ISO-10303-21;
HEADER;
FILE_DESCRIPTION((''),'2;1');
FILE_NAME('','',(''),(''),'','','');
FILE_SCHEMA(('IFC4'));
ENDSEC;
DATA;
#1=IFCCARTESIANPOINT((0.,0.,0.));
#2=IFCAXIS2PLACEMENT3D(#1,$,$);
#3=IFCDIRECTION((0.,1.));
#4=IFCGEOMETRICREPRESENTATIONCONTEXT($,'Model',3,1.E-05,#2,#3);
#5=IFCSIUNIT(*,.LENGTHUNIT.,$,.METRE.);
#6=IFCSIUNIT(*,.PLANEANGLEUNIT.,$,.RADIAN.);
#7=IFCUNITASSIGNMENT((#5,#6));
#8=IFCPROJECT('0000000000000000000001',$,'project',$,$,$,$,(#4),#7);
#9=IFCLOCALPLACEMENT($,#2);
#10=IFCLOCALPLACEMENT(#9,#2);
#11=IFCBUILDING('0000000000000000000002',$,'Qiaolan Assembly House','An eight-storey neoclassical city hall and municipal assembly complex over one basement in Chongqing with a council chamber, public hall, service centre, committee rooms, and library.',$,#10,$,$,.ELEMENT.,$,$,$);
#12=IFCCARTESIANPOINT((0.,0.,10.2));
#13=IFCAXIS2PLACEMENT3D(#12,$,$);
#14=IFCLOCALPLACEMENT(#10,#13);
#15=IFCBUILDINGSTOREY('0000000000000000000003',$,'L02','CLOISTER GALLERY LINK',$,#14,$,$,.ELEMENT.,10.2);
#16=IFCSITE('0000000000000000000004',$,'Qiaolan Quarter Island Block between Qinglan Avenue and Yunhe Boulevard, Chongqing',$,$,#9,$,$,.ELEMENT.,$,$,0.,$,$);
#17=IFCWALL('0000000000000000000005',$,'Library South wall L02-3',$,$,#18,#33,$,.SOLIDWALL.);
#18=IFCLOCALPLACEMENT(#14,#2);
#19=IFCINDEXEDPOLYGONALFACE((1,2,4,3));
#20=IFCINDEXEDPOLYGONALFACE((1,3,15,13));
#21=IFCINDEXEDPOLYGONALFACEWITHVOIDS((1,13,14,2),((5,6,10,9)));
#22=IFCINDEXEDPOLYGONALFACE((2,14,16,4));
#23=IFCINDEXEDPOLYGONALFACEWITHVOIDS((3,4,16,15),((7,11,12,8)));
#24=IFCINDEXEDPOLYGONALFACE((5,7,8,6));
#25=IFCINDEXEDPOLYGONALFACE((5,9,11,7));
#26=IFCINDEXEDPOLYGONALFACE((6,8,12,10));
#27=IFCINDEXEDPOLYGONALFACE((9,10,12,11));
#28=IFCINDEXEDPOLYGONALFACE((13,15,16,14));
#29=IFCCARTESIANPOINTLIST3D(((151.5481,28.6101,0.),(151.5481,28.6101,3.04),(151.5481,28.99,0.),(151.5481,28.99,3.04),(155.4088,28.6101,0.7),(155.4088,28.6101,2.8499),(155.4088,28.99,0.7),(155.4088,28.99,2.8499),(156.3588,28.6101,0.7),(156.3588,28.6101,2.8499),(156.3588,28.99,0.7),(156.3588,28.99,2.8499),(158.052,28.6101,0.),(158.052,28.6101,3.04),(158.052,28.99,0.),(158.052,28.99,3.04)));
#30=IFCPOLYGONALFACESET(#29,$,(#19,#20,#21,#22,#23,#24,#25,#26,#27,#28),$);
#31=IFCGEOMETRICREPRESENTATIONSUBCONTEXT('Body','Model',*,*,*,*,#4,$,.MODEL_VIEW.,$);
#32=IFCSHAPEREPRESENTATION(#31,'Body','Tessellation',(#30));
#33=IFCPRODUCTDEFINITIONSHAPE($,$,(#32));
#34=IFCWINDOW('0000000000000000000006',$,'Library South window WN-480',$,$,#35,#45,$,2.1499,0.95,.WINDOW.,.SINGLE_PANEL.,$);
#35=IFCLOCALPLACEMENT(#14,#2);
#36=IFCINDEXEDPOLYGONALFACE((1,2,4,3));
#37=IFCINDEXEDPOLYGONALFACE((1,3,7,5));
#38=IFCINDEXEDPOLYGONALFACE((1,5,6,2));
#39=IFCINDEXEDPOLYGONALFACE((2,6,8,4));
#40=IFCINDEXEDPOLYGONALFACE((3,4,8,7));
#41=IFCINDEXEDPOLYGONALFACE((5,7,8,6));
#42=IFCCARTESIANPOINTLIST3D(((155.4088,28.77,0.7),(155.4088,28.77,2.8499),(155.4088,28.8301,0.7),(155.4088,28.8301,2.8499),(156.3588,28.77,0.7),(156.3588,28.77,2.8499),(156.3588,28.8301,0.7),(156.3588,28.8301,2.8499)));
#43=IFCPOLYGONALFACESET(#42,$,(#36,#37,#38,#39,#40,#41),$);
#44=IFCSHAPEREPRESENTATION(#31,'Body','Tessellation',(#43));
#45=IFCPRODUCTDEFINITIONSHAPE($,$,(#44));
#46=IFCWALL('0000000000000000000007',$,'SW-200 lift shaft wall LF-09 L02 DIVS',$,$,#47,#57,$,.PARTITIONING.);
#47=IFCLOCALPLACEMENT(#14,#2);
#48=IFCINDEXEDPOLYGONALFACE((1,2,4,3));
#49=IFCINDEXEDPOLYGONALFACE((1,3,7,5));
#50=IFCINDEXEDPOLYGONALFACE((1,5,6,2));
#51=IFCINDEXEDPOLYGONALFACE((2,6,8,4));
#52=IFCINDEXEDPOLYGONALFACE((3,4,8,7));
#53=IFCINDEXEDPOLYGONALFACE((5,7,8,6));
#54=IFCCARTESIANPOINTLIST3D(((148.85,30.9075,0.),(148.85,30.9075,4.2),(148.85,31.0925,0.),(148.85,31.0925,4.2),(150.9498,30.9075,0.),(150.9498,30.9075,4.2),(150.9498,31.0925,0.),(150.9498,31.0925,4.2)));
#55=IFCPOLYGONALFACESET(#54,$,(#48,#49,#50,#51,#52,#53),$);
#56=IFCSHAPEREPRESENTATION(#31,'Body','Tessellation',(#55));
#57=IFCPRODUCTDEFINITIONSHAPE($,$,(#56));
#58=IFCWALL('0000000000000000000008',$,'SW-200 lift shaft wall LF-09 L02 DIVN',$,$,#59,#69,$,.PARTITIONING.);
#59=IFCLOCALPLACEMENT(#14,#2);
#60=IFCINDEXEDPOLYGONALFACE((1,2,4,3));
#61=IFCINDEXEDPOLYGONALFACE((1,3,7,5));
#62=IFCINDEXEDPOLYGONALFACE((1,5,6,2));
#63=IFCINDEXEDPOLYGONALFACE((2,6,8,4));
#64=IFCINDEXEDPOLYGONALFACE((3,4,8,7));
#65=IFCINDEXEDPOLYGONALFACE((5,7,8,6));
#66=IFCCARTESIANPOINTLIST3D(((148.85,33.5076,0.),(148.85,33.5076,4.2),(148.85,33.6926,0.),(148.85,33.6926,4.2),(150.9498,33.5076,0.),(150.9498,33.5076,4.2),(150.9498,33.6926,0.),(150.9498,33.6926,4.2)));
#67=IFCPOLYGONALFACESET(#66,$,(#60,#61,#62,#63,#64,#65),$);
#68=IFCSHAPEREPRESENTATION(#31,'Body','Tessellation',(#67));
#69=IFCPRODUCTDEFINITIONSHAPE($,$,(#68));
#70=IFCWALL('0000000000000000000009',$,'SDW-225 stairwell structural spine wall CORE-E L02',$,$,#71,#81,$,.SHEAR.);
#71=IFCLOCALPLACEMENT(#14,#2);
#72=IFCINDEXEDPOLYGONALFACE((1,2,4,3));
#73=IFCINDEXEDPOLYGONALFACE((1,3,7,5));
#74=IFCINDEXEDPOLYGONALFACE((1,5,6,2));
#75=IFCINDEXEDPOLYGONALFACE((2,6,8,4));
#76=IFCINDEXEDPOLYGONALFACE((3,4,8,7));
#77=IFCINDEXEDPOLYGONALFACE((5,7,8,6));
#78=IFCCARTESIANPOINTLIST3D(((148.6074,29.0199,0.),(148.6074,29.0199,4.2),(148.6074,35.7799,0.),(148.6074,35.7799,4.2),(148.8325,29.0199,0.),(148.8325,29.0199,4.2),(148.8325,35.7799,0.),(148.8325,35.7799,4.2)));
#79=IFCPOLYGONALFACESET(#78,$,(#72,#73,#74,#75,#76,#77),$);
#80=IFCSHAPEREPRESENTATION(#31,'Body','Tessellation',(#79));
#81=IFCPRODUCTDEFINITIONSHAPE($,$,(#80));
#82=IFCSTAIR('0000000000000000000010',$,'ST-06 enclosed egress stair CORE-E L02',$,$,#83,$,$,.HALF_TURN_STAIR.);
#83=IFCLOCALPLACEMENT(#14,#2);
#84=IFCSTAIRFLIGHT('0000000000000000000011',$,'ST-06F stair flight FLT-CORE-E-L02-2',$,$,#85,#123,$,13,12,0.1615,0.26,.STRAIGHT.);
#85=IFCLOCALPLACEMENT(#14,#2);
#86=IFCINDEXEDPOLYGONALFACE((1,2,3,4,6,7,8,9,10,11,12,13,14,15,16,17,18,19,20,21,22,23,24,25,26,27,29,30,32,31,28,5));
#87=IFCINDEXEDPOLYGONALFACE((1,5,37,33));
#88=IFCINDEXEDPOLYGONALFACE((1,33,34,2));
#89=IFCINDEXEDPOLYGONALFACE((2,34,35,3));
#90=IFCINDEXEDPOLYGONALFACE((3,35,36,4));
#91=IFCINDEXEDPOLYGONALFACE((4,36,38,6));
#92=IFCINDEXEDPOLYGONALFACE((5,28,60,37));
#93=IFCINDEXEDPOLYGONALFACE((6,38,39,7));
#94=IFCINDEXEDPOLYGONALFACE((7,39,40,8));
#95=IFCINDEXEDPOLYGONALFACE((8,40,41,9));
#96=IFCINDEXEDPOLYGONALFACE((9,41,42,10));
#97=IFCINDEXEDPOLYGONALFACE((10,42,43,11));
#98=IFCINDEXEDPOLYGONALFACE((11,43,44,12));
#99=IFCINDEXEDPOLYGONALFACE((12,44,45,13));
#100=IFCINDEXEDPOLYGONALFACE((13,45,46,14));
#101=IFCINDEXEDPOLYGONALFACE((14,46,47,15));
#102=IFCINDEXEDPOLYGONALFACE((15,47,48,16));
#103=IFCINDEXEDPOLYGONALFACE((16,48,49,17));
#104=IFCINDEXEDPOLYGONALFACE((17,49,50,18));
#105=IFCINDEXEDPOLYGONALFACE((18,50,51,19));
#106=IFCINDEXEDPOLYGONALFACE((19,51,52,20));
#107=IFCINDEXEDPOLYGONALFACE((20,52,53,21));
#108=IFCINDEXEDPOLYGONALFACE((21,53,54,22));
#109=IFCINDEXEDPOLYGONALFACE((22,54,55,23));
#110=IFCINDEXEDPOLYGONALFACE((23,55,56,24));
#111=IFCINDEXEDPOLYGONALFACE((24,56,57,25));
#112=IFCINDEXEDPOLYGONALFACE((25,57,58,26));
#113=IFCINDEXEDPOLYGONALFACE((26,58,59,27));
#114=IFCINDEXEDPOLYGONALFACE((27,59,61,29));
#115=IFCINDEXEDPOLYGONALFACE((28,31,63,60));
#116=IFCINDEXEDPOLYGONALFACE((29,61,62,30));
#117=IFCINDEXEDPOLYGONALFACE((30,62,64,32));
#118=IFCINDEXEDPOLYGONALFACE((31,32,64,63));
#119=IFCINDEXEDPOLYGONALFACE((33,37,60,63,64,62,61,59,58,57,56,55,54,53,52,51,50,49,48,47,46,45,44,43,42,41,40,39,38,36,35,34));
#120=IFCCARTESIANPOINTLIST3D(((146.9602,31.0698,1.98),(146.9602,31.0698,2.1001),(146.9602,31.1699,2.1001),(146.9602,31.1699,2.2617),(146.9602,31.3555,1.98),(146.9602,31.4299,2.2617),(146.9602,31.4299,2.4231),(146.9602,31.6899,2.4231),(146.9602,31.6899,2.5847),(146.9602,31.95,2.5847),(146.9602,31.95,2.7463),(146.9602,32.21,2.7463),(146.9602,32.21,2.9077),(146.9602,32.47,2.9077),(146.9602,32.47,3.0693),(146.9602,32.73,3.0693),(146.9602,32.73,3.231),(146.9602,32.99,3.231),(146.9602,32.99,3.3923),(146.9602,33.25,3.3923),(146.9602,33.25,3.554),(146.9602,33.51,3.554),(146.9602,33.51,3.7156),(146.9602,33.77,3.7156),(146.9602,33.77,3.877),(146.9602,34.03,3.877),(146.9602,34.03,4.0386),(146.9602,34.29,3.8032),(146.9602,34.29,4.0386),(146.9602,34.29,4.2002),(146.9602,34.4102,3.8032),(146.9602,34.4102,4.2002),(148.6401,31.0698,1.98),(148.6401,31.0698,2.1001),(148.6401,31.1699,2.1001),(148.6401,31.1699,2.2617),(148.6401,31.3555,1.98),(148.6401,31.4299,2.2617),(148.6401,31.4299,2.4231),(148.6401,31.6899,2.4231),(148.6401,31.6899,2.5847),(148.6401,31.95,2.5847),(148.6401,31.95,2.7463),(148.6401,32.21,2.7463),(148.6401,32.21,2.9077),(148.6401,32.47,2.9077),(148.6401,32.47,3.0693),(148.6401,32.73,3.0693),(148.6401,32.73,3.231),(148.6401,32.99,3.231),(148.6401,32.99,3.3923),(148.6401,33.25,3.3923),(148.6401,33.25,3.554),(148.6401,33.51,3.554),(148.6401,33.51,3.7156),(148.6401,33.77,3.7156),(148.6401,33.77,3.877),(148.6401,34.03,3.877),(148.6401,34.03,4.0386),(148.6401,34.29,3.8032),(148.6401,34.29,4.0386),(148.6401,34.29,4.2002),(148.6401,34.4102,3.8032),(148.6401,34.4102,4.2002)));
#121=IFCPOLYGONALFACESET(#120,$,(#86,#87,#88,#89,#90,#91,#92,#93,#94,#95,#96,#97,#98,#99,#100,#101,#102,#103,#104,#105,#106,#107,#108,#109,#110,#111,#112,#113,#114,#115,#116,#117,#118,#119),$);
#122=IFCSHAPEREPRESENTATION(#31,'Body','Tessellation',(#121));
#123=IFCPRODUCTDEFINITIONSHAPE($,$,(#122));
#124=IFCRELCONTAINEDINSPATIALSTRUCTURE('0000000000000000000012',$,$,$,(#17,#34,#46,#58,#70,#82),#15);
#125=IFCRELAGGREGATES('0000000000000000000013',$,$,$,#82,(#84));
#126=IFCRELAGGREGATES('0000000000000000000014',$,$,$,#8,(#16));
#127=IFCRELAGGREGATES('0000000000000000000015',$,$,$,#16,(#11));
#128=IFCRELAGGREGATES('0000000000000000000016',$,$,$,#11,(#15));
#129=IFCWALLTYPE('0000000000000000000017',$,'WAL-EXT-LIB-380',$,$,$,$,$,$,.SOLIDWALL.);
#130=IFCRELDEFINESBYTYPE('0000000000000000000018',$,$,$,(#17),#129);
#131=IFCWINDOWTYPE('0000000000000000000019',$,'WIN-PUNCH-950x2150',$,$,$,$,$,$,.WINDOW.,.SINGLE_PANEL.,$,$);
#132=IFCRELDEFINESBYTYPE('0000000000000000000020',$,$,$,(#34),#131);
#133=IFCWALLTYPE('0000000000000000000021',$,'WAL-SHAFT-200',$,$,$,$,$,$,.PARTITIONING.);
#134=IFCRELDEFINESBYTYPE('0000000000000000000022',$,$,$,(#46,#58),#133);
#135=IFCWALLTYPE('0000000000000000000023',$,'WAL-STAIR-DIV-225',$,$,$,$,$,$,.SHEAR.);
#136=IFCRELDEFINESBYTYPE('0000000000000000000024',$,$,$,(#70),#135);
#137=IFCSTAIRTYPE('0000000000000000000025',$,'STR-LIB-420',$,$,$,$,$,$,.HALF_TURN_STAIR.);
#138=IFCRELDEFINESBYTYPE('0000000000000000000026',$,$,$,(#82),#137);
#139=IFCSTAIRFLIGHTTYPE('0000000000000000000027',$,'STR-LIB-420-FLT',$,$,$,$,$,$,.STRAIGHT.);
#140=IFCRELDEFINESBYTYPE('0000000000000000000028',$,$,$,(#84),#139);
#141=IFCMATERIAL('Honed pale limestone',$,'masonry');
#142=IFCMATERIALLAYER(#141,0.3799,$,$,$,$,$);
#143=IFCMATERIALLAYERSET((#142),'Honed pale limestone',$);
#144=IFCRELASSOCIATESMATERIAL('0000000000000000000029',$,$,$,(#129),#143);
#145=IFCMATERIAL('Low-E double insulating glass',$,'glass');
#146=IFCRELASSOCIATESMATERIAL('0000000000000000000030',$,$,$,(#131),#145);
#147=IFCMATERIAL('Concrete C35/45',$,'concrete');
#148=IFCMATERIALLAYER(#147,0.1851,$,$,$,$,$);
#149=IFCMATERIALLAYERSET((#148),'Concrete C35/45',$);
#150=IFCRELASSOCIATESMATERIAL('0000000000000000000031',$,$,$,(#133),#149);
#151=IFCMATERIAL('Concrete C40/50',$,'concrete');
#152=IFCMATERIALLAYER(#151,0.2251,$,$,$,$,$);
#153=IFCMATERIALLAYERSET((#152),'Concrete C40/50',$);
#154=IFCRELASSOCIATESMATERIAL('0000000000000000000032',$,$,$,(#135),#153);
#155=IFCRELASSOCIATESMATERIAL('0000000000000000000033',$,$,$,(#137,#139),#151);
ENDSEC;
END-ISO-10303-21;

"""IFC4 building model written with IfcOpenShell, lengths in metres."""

from ifc_helpers import new_model, si_unit, direction, frame, frame_2d, origin, place, context, subcontext, project, spatial, polyline, rectangle, outline, extrude, material, layer, layer_set, type_object, element, fill, aggregate, save


model = new_model("IFC4")

# Units and contexts
model_context = context("Model", 3, precision=1e-05, world=origin(), true_north=direction((0.0, 1.0)))
body_context = subcontext(model_context, "Body", "Model", "MODEL_VIEW")
ifc_project = project(units=[si_unit("LENGTHUNIT", "METRE"), si_unit("PLANEANGLEUNIT", "RADIAN")], contexts=[model_context])

# Site, building, storey
site_placement = place(None, origin())
site = spatial("IfcSite", under=ifc_project, at=site_placement, Name="Qiaolan Quarter Island Block between Qinglan Avenue and Yunhe Boulevard, Chongqing", CompositionType="ELEMENT", RefElevation=0.0)
building_placement = place(site_placement, origin())
building = spatial("IfcBuilding", under=site, at=building_placement, Name="Qiaolan Assembly House", Description="An eight-storey neoclassical city hall and municipal assembly complex over one basement in Chongqing with a council chamber, public hall, service centre, committee rooms, and library.", CompositionType="ELEMENT")
storey_placement = place(building_placement, frame((0.0, 0.0, 10.2)))
storey = spatial("IfcBuildingStorey", under=building, at=storey_placement, Name="L02", Description="CLOISTER GALLERY LINK", CompositionType="ELEMENT", Elevation=10.2)

# Shared definitions
ifc_material_1 = material(Name="Concrete C40/50", Category="concrete")

# Wall, opening, window
ifc_material_2 = material(Name="Honed pale limestone", Category="masonry")
ifc_layer_1 = layer(ifc_material_2, 0.3799)
ifc_layer_set_1 = layer_set([ifc_layer_1], Name="Honed pale limestone")
wall_type_1 = type_object("IfcWallType", Name="WAL-EXT-LIB-380", PredefinedType="SOLIDWALL", material=ifc_layer_set_1)
wall_1_placement = place(storey_placement, frame((151.5481, 28.8, 0.0), z_axis=(0.0, 0.0, 1.0), x_axis=(1.0, 0.0, 0.0)))
wall_1 = element("IfcWall", 1, at=wall_1_placement, inside=storey, type_object=wall_type_1, Name="Library South wall L02-3", PredefinedType="SOLIDWALL", context=body_context, shape_type="SweptSolid", body=[
    extrude(rectangle(XDim=6.5039, YDim=0.3799, at=frame_2d((3.252, 0.0))), origin(), (0.0, 0.0, 1.0), 3.04),
])
opening_1_placement = place(wall_1_placement, frame((3.8606, 0.0, 0.7)))
opening_1 = element("IfcOpeningElement", 2, at=opening_1_placement, cuts=wall_1, PredefinedType="OPENING", context=body_context, shape_type="SweptSolid", body=[
    extrude(rectangle(XDim=0.95, YDim=2.1499, at=frame_2d((0.4751, 1.075))), frame((0.0, 0.2, 0.0), z_axis=(0.0, -1.0, 0.0), x_axis=(1.0, 0.0, 0.0)), (0.0, 0.0, 1.0), 0.3999),
])
ifc_material_3 = material(Name="Low-E double insulating glass", Category="glass")
window_type = type_object("IfcWindowType", Name="WIN-PUNCH-950x2150", PartitioningType="SINGLE_PANEL", PredefinedType="WINDOW", material=ifc_material_3)
window_placement = place(opening_1_placement, origin())
window = element("IfcWindow", 3, at=window_placement, inside=storey, type_object=window_type, Name="Library South window WN-480", OverallHeight=2.1499, OverallWidth=0.95, PartitioningType="SINGLE_PANEL", PredefinedType="WINDOW", context=body_context, shape_type="SweptSolid", body=[
    extrude(rectangle(XDim=0.95, YDim=2.1499, at=frame_2d((0.4751, 1.075))), frame((0.0, 0.03, 0.0), z_axis=(0.0, -1.0, 0.0), x_axis=(1.0, 0.0, 0.0)), (0.0, 0.0, 1.0), 0.0601),
])
fill(opening_1, window)

# Walls
ifc_material_4 = material(Name="Concrete C35/45", Category="concrete")
ifc_layer_2 = layer(ifc_material_4, 0.1851)
ifc_layer_set_2 = layer_set([ifc_layer_2], Name="Concrete C35/45")
wall_type_2 = type_object("IfcWallType", Name="WAL-SHAFT-200", PredefinedType="PARTITIONING", material=ifc_layer_set_2)
for number, where, z_axis, x_axis, name in (
    (4, (148.8501, 31.0, 0.0), (0.0, 0.0, 1.0), (1.0, 0.0, 0.0), "SW-200 lift shaft wall LF-09 L02 DIVS"),
    (5, (148.8501, 33.6001, 0.0), (0.0, 0.0, 1.0), (1.0, 0.0, 0.0), "SW-200 lift shaft wall LF-09 L02 DIVN"),
):
    element("IfcWall", number, at=place(storey_placement, frame(where, z_axis=z_axis, x_axis=x_axis)), inside=storey, type_object=wall_type_2, Name=name, PredefinedType="PARTITIONING", context=body_context, shape_type="SweptSolid", body=[
        extrude(rectangle(XDim=2.0999, YDim=0.1851, at=frame_2d((1.0498, 0.0))), origin(), (0.0, 0.0, 1.0), 4.2),
    ])
ifc_layer_3 = layer(ifc_material_1, 0.2251)
ifc_layer_set_3 = layer_set([ifc_layer_3], Name="Concrete C40/50")
wall_type_3 = type_object("IfcWallType", Name="WAL-STAIR-DIV-225", PredefinedType="SHEAR", material=ifc_layer_set_3)
wall_2_placement = place(storey_placement, frame((148.72, 29.02, 0.0), z_axis=(0.0, 0.0, 1.0), x_axis=(0.0, 1.0, 0.0)))
element("IfcWall", 6, at=wall_2_placement, inside=storey, type_object=wall_type_3, Name="SDW-225 stairwell structural spine wall CORE-E L02", PredefinedType="SHEAR", context=body_context, shape_type="SweptSolid", body=[
    extrude(rectangle(XDim=6.76, YDim=0.2251, at=frame_2d((3.3799, 0.0))), origin(), (0.0, 0.0, 1.0), 4.2),
])

# Stair, stair flight
stair_type = type_object("IfcStairType", Name="STR-LIB-420", PredefinedType="HALF_TURN_STAIR", material=ifc_material_1)
stair_placement = place(storey_placement, origin())
stair = element("IfcStair", 7, at=stair_placement, inside=storey, type_object=stair_type, Name="ST-06 enclosed egress stair CORE-E L02", PredefinedType="HALF_TURN_STAIR")
stair_flight_type = type_object("IfcStairFlightType", Name="STR-LIB-420-FLT", PredefinedType="STRAIGHT", material=ifc_material_1)
stair_flight_placement = place(storey_placement, frame((147.8, 31.1699, 2.1001), z_axis=(0.0, 0.0, 1.0), x_axis=(0.0, 1.0, 0.0)))
stair_flight = element("IfcStairFlight", 8, at=stair_flight_placement, type_object=stair_flight_type, Name="ST-06F stair flight FLT-CORE-E-L02-2", NumberOfRisers=13, NumberOfTreads=12, PredefinedType="STRAIGHT", RiserHeight=0.1615, TreadLength=0.26, context=body_context, shape_type="SweptSolid", body=[
    extrude(outline(polyline([(-0.1001, -0.1201), (-0.1001, 0.0), (0.0, 0.0), (0.0, 0.1616), (0.26, 0.1616), (0.26, 0.323), (0.52, 0.323), (0.52, 0.4846), (0.78, 0.4846), (0.78, 0.6462), (1.04, 0.6462), (1.04, 0.8076), (1.3, 0.8076), (1.3, 0.9692), (1.5601, 0.9692), (1.5601, 1.1309), (1.8201, 1.1309), (1.8201, 1.2922), (2.0801, 1.2922), (2.0801, 1.4539), (2.3401, 1.4539), (2.3401, 1.6155), (2.6001, 1.6155), (2.6001, 1.7769), (2.8601, 1.7769), (2.8601, 1.9385), (3.1201, 1.9385), (3.1201, 2.1001), (3.2402, 2.1001), (3.2402, 1.7031), (3.1201, 1.7031), (0.1855, -0.1201), (-0.1001, -0.1201)])), frame((0.0, 0.8398, 0.0), z_axis=(0.0, -1.0, 0.0), x_axis=(1.0, 0.0, 0.0)), (0.0, 0.0, 1.0), 1.6799),
])
aggregate(stair, [stair_flight])

save(model, "model.ifc")
